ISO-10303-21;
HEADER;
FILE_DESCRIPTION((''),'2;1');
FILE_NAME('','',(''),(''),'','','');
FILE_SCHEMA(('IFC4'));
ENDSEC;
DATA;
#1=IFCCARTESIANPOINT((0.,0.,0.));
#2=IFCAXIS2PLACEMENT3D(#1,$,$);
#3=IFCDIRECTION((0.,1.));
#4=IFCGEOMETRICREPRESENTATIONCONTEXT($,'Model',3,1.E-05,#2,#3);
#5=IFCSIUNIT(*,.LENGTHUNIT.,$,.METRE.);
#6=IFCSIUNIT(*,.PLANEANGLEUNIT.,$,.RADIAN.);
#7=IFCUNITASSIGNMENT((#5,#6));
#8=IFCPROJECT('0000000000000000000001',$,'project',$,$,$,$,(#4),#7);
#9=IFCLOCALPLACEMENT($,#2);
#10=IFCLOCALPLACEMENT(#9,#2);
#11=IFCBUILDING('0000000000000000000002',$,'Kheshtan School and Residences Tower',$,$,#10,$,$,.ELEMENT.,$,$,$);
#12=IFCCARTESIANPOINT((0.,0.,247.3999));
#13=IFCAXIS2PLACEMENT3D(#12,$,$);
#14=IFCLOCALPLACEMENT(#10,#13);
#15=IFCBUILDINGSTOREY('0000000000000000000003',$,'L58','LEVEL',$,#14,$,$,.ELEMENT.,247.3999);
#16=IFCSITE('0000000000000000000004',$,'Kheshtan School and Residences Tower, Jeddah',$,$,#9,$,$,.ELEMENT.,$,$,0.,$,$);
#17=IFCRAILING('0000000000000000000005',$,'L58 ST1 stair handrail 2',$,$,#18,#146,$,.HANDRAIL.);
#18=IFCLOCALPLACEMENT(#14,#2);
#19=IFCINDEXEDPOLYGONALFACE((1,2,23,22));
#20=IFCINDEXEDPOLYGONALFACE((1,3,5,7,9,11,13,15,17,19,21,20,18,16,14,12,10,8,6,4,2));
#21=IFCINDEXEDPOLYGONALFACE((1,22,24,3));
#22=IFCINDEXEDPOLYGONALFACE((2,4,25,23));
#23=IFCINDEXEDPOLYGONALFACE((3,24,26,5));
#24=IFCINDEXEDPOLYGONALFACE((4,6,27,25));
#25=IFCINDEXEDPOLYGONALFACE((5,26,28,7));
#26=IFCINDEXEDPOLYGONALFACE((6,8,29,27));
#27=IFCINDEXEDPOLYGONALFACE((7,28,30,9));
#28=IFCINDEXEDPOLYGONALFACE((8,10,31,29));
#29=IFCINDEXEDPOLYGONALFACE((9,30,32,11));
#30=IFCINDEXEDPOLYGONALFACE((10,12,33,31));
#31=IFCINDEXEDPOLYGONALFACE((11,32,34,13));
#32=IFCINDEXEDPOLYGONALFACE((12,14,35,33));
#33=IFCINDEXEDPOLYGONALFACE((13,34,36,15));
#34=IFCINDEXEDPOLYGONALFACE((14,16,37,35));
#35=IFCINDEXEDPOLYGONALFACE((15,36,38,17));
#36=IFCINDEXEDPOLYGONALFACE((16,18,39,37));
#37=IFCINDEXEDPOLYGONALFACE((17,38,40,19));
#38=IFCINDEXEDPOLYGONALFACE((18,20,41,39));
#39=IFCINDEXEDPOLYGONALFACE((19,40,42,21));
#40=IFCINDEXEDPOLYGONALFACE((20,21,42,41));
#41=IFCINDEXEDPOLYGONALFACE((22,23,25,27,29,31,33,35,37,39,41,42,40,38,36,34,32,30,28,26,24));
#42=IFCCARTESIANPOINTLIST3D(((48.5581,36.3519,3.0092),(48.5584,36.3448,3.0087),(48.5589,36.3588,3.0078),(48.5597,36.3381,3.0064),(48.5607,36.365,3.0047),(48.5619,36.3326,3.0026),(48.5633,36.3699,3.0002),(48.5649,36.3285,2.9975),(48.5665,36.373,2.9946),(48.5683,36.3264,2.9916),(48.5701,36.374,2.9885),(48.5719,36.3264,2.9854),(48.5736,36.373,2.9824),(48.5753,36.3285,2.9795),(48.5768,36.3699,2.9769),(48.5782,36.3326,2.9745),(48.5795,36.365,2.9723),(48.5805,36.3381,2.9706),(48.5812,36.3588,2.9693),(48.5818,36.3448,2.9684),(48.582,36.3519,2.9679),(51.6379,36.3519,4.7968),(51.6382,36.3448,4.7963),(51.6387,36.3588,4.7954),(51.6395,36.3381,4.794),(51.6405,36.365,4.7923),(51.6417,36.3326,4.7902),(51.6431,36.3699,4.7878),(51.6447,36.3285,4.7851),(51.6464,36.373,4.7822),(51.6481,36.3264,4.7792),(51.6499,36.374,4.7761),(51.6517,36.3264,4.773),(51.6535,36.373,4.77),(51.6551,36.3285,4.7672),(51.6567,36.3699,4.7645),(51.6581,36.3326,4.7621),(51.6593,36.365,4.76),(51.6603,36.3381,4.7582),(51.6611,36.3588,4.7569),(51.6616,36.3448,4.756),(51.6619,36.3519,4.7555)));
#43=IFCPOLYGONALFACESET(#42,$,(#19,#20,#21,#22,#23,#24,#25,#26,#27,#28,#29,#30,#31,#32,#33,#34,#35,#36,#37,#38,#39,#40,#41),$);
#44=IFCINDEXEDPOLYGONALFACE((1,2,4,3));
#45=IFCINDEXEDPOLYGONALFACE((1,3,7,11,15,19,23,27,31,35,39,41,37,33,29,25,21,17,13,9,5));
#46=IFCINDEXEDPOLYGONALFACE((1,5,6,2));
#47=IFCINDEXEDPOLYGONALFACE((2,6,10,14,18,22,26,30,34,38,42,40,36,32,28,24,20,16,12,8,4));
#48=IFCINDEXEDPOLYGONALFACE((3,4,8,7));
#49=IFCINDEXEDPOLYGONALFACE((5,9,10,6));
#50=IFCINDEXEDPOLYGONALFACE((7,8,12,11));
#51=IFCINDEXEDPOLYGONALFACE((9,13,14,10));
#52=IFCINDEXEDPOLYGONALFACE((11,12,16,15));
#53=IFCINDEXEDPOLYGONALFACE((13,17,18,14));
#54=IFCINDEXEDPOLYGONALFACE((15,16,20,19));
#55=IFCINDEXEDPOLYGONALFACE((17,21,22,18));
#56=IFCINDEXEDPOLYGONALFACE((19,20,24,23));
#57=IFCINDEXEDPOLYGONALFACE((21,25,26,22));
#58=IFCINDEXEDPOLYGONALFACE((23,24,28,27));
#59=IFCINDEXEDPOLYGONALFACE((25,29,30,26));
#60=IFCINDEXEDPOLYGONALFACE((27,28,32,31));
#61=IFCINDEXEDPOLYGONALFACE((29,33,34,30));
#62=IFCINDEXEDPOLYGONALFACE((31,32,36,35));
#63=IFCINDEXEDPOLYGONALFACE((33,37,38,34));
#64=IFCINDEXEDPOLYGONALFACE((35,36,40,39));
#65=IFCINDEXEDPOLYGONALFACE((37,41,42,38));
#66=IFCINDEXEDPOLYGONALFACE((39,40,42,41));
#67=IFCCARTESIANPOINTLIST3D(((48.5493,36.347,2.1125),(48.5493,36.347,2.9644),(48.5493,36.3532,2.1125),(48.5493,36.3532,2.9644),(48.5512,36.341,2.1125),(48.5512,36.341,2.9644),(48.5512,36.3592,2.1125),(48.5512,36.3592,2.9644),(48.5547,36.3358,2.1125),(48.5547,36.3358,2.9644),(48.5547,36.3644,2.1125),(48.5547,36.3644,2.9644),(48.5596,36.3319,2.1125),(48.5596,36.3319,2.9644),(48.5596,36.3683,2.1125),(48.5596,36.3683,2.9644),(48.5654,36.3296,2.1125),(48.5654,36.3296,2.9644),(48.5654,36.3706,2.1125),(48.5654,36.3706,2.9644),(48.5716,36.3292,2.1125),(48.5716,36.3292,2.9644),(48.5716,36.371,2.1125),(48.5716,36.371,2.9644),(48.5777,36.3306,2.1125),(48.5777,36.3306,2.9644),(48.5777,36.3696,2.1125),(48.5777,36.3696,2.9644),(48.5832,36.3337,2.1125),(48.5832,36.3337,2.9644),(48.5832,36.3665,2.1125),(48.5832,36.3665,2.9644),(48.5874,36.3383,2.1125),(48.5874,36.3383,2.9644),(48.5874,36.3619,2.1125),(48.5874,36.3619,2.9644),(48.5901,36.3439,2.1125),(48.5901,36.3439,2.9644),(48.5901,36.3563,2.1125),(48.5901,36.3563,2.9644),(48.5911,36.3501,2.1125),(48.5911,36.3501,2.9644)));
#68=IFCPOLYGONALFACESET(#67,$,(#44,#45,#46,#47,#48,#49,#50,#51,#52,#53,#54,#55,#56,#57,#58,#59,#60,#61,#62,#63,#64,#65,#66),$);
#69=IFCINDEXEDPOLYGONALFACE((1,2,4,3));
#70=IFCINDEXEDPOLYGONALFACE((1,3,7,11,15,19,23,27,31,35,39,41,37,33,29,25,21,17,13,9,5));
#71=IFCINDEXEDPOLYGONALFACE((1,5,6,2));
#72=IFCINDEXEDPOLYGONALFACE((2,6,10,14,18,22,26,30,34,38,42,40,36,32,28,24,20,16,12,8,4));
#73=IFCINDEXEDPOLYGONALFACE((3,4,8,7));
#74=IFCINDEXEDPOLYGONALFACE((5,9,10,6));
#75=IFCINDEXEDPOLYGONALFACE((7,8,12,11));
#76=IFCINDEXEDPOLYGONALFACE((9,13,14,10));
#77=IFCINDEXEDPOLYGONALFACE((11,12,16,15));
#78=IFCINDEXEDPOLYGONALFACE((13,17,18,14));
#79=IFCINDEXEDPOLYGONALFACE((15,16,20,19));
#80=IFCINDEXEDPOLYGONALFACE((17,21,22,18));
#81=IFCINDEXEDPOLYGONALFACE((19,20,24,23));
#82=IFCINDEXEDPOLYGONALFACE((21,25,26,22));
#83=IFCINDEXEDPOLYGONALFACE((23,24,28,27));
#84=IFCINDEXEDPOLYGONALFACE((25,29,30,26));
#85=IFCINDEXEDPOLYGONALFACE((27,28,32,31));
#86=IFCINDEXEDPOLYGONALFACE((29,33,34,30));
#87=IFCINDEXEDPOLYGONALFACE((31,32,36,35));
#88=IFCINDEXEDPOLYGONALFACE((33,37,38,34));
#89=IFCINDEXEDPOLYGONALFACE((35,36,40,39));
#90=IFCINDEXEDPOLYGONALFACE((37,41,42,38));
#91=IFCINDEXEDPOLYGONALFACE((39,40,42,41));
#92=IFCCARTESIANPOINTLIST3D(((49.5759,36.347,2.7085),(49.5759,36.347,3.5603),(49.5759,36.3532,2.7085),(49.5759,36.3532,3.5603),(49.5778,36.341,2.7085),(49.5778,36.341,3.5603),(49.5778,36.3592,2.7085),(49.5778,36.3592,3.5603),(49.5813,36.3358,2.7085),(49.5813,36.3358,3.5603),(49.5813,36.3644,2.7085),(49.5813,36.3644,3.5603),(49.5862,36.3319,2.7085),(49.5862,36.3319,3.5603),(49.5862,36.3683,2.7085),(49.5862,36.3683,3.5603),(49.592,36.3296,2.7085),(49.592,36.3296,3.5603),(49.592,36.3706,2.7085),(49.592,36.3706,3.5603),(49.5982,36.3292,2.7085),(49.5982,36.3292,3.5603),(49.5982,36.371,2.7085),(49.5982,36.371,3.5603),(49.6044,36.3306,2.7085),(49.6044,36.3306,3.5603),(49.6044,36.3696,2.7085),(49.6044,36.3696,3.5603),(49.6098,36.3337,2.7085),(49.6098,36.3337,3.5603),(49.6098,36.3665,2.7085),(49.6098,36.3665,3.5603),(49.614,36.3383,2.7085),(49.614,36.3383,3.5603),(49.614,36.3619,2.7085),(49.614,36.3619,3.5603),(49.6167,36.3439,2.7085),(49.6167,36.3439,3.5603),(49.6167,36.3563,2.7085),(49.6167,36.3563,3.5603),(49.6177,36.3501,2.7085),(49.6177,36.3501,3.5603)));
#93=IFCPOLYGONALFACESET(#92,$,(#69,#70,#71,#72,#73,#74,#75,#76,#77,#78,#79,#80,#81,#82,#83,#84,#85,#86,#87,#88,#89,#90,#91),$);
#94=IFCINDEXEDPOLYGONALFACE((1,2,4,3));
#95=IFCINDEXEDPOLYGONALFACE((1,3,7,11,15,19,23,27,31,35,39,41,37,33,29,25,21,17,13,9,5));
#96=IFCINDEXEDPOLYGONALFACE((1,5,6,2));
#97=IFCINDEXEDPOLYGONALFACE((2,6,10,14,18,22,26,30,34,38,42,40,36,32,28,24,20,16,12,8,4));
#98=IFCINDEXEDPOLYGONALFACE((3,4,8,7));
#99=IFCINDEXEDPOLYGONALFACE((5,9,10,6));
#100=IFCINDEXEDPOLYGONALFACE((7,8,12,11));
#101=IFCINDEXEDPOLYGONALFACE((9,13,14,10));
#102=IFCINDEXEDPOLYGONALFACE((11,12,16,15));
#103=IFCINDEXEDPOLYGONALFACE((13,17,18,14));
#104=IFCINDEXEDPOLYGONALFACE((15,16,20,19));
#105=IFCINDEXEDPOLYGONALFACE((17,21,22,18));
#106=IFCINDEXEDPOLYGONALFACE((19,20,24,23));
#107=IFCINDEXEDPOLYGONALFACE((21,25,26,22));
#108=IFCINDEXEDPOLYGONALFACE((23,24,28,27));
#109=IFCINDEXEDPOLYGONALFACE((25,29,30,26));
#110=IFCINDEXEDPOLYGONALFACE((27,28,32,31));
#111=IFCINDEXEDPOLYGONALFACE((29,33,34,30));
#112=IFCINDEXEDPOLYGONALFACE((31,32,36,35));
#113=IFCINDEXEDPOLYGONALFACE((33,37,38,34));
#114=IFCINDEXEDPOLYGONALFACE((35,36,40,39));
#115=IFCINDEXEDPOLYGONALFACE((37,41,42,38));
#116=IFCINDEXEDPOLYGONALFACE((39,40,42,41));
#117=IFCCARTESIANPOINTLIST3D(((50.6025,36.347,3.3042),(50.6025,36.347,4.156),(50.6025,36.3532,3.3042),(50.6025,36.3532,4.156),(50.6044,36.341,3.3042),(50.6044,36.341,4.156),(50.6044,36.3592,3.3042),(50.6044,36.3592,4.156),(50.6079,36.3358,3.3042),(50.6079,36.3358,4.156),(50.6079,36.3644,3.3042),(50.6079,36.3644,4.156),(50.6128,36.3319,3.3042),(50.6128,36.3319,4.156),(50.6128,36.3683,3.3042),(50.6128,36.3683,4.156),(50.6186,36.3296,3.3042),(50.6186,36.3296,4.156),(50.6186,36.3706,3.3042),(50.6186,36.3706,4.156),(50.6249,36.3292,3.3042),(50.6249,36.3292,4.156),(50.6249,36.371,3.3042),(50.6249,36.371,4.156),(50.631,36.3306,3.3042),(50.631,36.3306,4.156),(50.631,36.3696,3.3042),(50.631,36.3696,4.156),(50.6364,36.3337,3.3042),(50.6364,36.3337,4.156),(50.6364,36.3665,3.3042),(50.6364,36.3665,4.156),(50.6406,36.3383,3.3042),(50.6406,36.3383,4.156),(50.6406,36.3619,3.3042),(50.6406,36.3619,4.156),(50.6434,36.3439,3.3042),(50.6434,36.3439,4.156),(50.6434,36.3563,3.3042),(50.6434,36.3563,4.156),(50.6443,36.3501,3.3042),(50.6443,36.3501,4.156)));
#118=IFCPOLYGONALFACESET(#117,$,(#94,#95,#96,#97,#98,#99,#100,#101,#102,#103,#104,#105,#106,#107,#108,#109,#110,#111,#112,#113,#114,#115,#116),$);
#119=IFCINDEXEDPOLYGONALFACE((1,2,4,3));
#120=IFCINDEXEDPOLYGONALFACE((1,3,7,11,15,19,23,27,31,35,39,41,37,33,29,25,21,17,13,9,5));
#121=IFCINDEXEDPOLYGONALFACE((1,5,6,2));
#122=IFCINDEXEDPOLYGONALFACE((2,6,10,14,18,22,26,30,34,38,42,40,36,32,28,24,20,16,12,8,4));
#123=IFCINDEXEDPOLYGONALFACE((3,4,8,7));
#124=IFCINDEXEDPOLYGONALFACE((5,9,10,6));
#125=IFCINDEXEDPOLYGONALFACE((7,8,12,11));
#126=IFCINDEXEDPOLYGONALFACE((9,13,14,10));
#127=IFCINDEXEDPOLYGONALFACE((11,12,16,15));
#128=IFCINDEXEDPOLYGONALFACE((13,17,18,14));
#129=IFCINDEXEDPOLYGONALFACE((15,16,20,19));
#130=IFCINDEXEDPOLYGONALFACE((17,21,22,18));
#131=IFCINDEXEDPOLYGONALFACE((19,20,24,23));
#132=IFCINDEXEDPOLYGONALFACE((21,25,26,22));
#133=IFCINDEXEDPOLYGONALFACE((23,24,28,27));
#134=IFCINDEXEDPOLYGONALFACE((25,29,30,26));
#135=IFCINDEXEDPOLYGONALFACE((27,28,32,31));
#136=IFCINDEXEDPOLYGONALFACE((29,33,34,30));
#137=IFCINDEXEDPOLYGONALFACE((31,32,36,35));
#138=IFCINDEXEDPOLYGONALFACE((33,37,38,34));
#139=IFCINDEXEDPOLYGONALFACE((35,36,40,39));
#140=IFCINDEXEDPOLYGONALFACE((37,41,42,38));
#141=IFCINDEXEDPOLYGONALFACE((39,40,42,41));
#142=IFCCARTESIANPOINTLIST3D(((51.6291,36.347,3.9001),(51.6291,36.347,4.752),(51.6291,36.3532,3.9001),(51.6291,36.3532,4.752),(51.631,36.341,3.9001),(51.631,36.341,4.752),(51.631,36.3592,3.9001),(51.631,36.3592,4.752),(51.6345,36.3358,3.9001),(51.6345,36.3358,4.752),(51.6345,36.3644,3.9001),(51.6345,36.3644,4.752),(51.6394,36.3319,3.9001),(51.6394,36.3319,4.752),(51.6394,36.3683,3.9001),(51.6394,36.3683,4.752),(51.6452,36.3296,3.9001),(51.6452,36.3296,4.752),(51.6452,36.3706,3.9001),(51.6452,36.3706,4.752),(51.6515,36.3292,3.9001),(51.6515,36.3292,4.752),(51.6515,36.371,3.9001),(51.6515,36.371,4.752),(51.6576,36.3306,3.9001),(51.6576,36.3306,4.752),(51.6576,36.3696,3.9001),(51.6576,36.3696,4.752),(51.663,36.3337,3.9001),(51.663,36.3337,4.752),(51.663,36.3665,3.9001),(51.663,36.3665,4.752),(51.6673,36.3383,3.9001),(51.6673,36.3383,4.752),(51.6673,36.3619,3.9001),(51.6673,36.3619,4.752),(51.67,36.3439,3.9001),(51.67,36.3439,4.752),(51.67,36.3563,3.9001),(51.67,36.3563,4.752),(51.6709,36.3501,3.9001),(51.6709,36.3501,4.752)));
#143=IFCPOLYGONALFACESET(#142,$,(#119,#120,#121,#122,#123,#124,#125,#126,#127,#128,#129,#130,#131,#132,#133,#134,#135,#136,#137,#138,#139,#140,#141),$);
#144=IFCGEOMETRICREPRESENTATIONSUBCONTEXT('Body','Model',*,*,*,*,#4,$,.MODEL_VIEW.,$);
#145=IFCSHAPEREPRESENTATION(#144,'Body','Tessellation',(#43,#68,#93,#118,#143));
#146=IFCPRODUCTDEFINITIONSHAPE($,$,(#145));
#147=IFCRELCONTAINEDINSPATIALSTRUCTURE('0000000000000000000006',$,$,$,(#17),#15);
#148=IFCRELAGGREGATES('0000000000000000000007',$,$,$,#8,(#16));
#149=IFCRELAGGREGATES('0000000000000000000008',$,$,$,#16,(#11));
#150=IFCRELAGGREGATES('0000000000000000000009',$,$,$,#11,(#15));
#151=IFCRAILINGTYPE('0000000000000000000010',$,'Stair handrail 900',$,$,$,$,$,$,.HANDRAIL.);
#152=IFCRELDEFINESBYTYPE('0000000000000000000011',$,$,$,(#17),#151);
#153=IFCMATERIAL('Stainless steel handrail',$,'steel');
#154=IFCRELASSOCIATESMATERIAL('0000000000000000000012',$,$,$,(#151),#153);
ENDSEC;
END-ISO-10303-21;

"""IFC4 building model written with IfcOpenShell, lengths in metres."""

from ifc_helpers import new_model, si_unit, direction, frame, origin, origin_2d, place, context, subcontext, project, spatial, circle, extrude, material, type_object, element, save


model = new_model("IFC4")

# Units and contexts
model_context = context("Model", 3, precision=1e-05, world=origin(), true_north=direction((0.0, 1.0)))
body_context = subcontext(model_context, "Body", "Model", "MODEL_VIEW")
ifc_project = project(units=[si_unit("LENGTHUNIT", "METRE"), si_unit("PLANEANGLEUNIT", "RADIAN")], contexts=[model_context])

# Site, building, storey
site_placement = place(None, origin())
site = spatial("IfcSite", under=ifc_project, at=site_placement, Name="Kheshtan School and Residences Tower, Jeddah", CompositionType="ELEMENT", RefElevation=0.0)
building_placement = place(site_placement, origin())
building = spatial("IfcBuilding", under=site, at=building_placement, Name="Kheshtan School and Residences Tower", CompositionType="ELEMENT")
storey_placement = place(building_placement, frame((0.0, 0.0, 247.3999)))
storey = spatial("IfcBuildingStorey", under=building, at=storey_placement, Name="L58", Description="LEVEL", CompositionType="ELEMENT", Elevation=247.3999)

# Railing
ifc_material_1 = material(Name="Stainless steel handrail", Category="steel")
railing_type_1 = type_object("IfcRailingType", Name="Stair handrail 900", PredefinedType="HANDRAIL", material=ifc_material_1)
railing_1_placement = place(storey_placement, frame((48.5701, 36.3501, 2.1125)))
element("IfcRailing", 1, at=railing_1_placement, inside=storey, type_object=railing_type_1, Name="L58 ST1 stair handrail 2", PredefinedType="HANDRAIL", context=body_context, shape_type="SweptSolid", body=[
    extrude(circle(Radius=0.0239, at=origin_2d()), frame((0.0, 0.0, 0.876), z_axis=(0.864873, 0.0, 0.50199), x_axis=(0.0, 1.0, 0.0)), (0.0, 0.0, 1.0), 3.561),
    extrude(circle(Radius=0.021, at=origin_2d()), origin(), (0.0, 0.0, 1.0), 0.8518),
    extrude(circle(Radius=0.021, at=origin_2d()), frame((1.0266, 0.0, 0.5959)), (0.0, 0.0, 1.0), 0.8518),
    extrude(circle(Radius=0.021, at=origin_2d()), frame((2.0532, 0.0, 1.1917)), (0.0, 0.0, 1.0), 0.8518),
    extrude(circle(Radius=0.021, at=origin_2d()), frame((3.0798, 0.0, 1.7876)), (0.0, 0.0, 1.0), 0.8518),
])

save(model, "model.ifc")
